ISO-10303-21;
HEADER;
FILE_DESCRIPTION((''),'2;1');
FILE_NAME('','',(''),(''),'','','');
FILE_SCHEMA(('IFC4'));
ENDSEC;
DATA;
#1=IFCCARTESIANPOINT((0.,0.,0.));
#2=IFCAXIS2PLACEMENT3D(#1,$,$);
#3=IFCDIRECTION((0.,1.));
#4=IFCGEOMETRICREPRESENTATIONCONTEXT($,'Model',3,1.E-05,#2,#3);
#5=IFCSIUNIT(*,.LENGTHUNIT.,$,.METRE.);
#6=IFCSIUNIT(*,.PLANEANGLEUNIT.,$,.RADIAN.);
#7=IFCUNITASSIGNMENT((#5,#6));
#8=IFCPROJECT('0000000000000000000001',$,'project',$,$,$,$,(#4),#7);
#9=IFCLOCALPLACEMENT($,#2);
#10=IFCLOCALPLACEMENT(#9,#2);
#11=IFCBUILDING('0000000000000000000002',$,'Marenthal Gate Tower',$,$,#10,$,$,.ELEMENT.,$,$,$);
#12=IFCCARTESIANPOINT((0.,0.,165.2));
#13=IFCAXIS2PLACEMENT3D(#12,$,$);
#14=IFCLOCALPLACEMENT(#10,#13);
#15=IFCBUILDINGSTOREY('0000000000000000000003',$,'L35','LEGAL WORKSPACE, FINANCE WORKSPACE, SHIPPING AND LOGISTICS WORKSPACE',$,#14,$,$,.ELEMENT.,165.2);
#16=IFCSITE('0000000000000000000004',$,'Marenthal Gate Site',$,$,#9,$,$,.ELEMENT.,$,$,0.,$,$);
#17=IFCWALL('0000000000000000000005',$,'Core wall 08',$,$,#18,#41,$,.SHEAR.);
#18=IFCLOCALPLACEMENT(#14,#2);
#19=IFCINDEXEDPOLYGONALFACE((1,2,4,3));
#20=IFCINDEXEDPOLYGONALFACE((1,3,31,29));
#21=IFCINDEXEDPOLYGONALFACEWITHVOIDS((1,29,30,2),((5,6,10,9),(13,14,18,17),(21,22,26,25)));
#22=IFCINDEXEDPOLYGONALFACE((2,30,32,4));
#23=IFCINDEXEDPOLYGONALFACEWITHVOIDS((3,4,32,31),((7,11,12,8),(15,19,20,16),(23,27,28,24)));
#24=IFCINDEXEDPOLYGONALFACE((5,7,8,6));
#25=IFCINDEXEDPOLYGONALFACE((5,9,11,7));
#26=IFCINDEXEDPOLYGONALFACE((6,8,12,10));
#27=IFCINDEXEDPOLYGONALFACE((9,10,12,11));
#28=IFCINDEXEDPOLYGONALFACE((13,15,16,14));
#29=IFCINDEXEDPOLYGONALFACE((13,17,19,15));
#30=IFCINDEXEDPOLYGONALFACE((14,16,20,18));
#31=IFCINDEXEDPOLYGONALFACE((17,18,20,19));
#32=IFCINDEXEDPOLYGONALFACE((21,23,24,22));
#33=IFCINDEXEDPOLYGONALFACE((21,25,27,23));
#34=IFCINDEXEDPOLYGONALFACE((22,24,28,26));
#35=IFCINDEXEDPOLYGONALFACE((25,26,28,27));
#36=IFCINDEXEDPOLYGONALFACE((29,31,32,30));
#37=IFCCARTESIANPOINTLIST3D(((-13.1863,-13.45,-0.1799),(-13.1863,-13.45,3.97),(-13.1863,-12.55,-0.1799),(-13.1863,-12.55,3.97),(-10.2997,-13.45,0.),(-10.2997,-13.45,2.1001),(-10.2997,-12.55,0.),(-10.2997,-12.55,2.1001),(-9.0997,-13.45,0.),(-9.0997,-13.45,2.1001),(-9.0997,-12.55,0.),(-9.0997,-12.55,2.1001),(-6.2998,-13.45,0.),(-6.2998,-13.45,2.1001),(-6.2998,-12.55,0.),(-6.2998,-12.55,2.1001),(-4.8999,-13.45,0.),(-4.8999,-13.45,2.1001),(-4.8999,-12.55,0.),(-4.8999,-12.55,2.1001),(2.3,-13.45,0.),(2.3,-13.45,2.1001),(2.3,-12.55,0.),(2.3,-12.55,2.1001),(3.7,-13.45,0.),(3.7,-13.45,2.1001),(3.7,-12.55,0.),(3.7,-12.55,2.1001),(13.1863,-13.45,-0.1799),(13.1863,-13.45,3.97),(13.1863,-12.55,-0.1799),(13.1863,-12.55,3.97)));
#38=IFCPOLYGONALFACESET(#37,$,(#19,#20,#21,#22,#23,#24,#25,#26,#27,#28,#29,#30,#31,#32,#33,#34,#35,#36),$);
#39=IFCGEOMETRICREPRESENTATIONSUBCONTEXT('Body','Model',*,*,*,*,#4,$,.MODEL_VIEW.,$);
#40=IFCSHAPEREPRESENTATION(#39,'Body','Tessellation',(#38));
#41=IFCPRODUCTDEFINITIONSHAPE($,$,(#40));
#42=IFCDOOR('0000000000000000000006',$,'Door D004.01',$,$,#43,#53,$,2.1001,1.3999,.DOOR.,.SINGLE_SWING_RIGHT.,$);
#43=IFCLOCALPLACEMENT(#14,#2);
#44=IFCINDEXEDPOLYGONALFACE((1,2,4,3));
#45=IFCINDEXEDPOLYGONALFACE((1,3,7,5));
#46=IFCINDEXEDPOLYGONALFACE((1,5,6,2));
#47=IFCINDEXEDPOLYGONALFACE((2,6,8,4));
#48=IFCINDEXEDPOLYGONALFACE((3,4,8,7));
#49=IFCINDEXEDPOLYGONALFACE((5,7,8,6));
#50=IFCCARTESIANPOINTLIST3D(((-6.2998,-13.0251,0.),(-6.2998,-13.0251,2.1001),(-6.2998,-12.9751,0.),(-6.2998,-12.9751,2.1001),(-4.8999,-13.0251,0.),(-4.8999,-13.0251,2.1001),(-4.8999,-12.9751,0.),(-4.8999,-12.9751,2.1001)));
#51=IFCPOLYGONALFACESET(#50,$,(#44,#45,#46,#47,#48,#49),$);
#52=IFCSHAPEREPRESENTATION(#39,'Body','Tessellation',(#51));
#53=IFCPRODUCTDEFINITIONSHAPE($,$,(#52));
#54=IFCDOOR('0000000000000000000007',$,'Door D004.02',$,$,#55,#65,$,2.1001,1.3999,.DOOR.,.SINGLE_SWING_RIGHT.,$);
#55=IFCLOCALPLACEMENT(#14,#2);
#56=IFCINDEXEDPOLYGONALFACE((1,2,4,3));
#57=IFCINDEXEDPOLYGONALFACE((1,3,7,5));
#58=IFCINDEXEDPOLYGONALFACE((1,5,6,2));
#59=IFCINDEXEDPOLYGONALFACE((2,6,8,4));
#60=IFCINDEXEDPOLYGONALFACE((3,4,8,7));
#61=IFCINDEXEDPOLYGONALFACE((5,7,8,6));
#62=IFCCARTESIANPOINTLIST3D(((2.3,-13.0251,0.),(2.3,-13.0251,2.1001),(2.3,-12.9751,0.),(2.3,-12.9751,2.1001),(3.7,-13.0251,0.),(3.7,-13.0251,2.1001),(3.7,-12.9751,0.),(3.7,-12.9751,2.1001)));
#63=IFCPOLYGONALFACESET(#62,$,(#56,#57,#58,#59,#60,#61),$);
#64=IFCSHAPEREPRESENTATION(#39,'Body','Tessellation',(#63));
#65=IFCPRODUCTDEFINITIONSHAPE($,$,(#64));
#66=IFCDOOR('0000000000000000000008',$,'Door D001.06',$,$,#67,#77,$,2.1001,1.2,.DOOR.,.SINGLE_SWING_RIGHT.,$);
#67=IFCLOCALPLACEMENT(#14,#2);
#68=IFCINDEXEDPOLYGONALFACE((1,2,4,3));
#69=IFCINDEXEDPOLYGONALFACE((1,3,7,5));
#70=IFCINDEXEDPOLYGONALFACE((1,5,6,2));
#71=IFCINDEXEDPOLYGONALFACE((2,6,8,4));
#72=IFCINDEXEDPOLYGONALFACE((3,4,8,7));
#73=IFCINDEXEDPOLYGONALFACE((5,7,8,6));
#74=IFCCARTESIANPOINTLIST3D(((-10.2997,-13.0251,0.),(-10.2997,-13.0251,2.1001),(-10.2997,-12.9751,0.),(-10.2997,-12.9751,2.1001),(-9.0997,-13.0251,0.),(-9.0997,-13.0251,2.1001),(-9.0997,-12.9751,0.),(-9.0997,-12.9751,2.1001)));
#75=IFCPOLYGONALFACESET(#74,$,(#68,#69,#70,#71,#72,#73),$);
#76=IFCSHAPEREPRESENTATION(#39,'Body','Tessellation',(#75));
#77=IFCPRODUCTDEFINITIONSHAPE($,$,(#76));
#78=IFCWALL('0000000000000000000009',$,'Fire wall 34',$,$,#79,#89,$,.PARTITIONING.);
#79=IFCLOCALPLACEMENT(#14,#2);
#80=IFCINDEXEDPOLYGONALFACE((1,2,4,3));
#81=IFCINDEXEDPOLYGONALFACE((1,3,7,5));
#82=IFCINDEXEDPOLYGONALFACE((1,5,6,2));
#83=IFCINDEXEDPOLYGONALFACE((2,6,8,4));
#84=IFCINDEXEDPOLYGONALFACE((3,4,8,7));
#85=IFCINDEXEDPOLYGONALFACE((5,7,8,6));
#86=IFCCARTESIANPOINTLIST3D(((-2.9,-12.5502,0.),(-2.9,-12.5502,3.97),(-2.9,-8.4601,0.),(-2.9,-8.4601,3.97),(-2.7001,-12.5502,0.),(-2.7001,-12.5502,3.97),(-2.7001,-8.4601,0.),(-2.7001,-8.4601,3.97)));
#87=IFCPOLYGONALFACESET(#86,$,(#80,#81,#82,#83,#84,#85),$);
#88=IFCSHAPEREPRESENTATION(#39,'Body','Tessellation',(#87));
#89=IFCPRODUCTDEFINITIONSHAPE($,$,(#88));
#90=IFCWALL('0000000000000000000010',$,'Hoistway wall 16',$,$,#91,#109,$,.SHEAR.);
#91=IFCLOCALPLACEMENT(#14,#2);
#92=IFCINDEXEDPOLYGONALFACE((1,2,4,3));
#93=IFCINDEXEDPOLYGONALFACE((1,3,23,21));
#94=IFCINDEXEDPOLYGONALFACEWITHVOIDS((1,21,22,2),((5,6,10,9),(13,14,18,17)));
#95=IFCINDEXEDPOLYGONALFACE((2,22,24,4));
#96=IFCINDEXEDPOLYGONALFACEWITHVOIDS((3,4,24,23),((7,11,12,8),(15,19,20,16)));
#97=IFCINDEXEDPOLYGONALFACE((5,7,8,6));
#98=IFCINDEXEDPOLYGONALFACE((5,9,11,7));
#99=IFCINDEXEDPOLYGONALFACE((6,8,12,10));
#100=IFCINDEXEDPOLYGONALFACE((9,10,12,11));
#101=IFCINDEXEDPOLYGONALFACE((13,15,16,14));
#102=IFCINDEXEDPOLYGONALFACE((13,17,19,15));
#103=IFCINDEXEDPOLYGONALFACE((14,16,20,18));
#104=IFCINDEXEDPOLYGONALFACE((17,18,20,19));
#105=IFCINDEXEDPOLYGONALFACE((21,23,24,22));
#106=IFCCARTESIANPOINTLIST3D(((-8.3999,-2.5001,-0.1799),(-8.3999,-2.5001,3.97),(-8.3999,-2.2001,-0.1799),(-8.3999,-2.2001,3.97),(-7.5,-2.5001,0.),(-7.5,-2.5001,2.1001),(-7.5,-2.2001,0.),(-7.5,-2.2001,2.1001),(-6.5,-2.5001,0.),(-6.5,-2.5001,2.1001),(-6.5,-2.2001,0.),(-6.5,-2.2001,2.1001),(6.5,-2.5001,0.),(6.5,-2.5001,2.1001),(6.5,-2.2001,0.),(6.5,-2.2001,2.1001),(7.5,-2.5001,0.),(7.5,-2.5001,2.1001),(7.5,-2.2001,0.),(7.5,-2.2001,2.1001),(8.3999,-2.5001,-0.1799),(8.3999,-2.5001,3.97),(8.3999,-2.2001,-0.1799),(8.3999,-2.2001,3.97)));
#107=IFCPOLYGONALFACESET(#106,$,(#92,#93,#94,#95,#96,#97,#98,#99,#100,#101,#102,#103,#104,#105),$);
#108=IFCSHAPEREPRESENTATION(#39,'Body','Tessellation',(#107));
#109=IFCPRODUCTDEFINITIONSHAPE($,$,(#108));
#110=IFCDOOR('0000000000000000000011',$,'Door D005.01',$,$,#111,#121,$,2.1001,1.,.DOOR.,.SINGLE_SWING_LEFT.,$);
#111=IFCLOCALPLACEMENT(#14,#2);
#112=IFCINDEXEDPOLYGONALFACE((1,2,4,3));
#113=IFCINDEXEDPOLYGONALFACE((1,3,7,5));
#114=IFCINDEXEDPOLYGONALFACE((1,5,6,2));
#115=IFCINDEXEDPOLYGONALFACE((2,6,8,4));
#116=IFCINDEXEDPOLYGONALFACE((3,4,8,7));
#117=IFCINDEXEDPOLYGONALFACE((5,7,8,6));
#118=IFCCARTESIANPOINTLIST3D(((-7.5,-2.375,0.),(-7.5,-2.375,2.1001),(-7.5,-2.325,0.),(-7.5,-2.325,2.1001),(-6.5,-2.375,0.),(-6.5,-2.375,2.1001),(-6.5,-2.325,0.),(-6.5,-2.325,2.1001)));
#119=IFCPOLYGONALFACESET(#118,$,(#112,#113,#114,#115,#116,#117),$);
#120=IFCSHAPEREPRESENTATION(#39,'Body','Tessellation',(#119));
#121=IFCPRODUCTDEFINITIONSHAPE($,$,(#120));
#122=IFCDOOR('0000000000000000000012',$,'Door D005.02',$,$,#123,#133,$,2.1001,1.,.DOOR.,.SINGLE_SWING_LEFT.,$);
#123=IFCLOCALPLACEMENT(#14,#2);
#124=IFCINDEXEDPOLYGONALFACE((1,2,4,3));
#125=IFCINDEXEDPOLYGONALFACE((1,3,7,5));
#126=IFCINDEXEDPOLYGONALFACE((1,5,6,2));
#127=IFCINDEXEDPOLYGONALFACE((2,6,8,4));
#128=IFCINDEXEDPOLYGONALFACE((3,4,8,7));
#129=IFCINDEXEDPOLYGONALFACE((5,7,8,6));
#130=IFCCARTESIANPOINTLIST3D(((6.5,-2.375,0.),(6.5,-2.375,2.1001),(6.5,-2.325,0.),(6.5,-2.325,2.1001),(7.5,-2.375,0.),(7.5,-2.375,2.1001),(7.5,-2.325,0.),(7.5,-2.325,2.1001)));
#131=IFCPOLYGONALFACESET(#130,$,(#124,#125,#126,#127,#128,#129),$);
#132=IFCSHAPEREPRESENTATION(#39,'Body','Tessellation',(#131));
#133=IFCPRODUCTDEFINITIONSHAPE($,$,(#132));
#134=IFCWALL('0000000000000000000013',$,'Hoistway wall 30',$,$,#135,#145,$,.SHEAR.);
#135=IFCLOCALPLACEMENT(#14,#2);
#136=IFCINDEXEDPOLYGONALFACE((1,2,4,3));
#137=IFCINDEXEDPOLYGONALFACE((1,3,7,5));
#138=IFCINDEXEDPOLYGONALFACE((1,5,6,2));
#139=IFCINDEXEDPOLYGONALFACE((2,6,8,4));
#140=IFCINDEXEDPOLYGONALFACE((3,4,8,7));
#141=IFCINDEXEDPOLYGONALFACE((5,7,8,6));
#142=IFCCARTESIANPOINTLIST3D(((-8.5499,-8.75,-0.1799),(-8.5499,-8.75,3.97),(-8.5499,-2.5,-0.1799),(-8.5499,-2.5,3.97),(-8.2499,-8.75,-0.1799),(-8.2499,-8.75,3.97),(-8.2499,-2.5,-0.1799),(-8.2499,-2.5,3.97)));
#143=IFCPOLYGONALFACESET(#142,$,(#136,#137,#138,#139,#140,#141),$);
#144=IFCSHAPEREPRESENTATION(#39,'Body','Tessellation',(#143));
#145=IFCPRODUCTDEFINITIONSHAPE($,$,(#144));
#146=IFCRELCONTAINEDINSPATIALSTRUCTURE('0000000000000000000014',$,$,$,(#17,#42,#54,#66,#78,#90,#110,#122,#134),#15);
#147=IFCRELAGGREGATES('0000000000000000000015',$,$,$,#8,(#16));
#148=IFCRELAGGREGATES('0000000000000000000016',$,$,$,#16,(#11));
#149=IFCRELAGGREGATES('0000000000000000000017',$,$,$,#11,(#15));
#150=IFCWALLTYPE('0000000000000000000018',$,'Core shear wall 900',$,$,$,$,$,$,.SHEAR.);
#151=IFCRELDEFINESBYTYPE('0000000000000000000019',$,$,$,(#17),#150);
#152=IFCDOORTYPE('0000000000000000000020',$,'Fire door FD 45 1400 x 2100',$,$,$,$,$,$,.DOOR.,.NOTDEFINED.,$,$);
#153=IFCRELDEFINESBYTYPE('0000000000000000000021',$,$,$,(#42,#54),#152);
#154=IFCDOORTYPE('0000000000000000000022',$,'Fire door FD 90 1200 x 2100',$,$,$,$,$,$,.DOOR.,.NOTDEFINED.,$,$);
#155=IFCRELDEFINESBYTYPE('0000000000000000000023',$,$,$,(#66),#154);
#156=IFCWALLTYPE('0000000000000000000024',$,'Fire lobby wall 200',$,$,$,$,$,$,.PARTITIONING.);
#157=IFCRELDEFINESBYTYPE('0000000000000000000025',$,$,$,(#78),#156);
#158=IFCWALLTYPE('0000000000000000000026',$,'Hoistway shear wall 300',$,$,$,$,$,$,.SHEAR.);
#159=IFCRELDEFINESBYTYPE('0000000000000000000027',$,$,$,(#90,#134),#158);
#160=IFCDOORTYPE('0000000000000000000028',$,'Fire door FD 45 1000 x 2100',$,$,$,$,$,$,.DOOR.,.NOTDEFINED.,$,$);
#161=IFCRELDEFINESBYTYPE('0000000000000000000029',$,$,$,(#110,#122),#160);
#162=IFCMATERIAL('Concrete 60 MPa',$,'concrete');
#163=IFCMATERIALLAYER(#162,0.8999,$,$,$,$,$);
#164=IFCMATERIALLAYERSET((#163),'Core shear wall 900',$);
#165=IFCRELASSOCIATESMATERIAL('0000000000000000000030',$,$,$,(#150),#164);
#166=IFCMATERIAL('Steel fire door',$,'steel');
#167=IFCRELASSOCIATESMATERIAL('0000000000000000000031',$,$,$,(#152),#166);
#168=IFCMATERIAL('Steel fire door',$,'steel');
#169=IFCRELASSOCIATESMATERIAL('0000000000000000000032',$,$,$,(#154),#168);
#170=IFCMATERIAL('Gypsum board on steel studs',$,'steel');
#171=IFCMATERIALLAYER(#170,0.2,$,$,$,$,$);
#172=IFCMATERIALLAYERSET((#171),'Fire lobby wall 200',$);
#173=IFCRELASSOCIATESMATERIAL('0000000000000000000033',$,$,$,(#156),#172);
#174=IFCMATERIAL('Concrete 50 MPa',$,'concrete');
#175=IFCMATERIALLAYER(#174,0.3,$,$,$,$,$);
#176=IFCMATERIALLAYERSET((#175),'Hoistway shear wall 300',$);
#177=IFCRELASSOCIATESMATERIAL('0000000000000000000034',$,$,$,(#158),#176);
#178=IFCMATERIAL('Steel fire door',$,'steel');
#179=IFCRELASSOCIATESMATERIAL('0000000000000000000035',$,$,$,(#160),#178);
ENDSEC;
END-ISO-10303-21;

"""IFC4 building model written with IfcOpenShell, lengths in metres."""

from ifc_helpers import new_model, si_unit, direction, frame, frame_2d, origin, place, context, subcontext, project, spatial, rectangle, extrude, material, layer, layer_set, type_object, element, fill, save


model = new_model("IFC4")

# Units and contexts
model_context = context("Model", 3, precision=1e-05, world=origin(), true_north=direction((0.0, 1.0)))
body_context = subcontext(model_context, "Body", "Model", "MODEL_VIEW")
ifc_project = project(units=[si_unit("LENGTHUNIT", "METRE"), si_unit("PLANEANGLEUNIT", "RADIAN")], contexts=[model_context])

# Site, building, storey
site_placement = place(None, origin())
site = spatial("IfcSite", under=ifc_project, at=site_placement, Name="Marenthal Gate Site", CompositionType="ELEMENT", RefElevation=0.0)
building_placement = place(site_placement, origin())
building = spatial("IfcBuilding", under=site, at=building_placement, Name="Marenthal Gate Tower", CompositionType="ELEMENT")
storey_placement = place(building_placement, frame((0.0, 0.0, 165.2)))
storey = spatial("IfcBuildingStorey", under=building, at=storey_placement, Name="L35", Description="LEGAL WORKSPACE, FINANCE WORKSPACE, SHIPPING AND LOGISTICS WORKSPACE", CompositionType="ELEMENT", Elevation=165.2)

# Wall, openings, doors
ifc_material_1 = material(Name="Concrete 60 MPa", Category="concrete")
ifc_layer_1 = layer(ifc_material_1, 0.8999)
ifc_layer_set_1 = layer_set([ifc_layer_1], Name="Core shear wall 900")
wall_type_1 = type_object("IfcWallType", Name="Core shear wall 900", PredefinedType="SHEAR", material=ifc_layer_set_1)
wall_1_placement = place(storey_placement, frame((-13.1863, -13.0, -0.1799), z_axis=(0.0, 0.0, 1.0), x_axis=(1.0, 0.0, 0.0)))
wall_1 = element("IfcWall", 1, at=wall_1_placement, inside=storey, type_object=wall_type_1, Name="Core wall 08", PredefinedType="SHEAR", context=body_context, shape_type="SweptSolid", body=[
    extrude(rectangle(XDim=26.3726, YDim=0.8999, at=frame_2d((13.1863, 0.0))), origin(), (0.0, 0.0, 1.0), 4.1499),
])
opening_1_placement = place(wall_1_placement, frame((2.8865, 0.0, 0.1799)))
opening_1 = element("IfcOpeningElement", 2, at=opening_1_placement, cuts=wall_1, PredefinedType="OPENING", context=body_context, shape_type="SweptSolid", body=[
    extrude(rectangle(XDim=1.2, YDim=2.1001, at=frame_2d((0.6001, 1.05))), frame((0.0, 0.46, 0.0), z_axis=(0.0, -1.0, 0.0), x_axis=(1.0, 0.0, 0.0)), (0.0, 0.0, 1.0), 0.9199),
])
opening_2_placement = place(wall_1_placement, frame((6.8865, 0.0, 0.1799)))
opening_2 = element("IfcOpeningElement", 3, at=opening_2_placement, cuts=wall_1, PredefinedType="OPENING", context=body_context, shape_type="SweptSolid", body=[
    extrude(rectangle(XDim=1.3999, YDim=2.1001, at=frame_2d((0.7, 1.05))), frame((0.0, 0.46, 0.0), z_axis=(0.0, -1.0, 0.0), x_axis=(1.0, 0.0, 0.0)), (0.0, 0.0, 1.0), 0.9199),
])
opening_3_placement = place(wall_1_placement, frame((15.4863, 0.0, 0.1799)))
opening_3 = element("IfcOpeningElement", 4, at=opening_3_placement, cuts=wall_1, PredefinedType="OPENING", context=body_context, shape_type="SweptSolid", body=[
    extrude(rectangle(XDim=1.3999, YDim=2.1001, at=frame_2d((0.7, 1.05))), frame((0.0, 0.46, 0.0), z_axis=(0.0, -1.0, 0.0), x_axis=(1.0, 0.0, 0.0)), (0.0, 0.0, 1.0), 0.9199),
])
ifc_material_2 = material(Name="Steel fire door", Category="steel")
door_type_1 = type_object("IfcDoorType", Name="Fire door FD 45 1400 x 2100", OperationType="NOTDEFINED", PredefinedType="DOOR", material=ifc_material_2)
door_1_placement = place(opening_2_placement, origin())
door_1 = element("IfcDoor", 5, at=door_1_placement, inside=storey, type_object=door_type_1, Name="Door D004.01", OperationType="SINGLE_SWING_RIGHT", OverallHeight=2.1001, OverallWidth=1.3999, PredefinedType="DOOR", context=body_context, shape_type="SweptSolid", body=[
    extrude(rectangle(XDim=1.3999, YDim=2.1001, at=frame_2d((0.7, 1.05))), frame((0.0, 0.0249, 0.0), z_axis=(0.0, -1.0, 0.0), x_axis=(1.0, 0.0, 0.0)), (0.0, 0.0, 1.0), 0.05),
])
fill(opening_2, door_1)
door_2_placement = place(opening_3_placement, origin())
door_2 = element("IfcDoor", 6, at=door_2_placement, inside=storey, type_object=door_type_1, Name="Door D004.02", OperationType="SINGLE_SWING_RIGHT", OverallHeight=2.1001, OverallWidth=1.3999, PredefinedType="DOOR", context=body_context, shape_type="SweptSolid", body=[
    extrude(rectangle(XDim=1.3999, YDim=2.1001, at=frame_2d((0.7, 1.05))), frame((0.0, 0.0249, 0.0), z_axis=(0.0, -1.0, 0.0), x_axis=(1.0, 0.0, 0.0)), (0.0, 0.0, 1.0), 0.05),
])
fill(opening_3, door_2)
ifc_material_3 = material(Name="Steel fire door", Category="steel")
door_type_2 = type_object("IfcDoorType", Name="Fire door FD 90 1200 x 2100", OperationType="NOTDEFINED", PredefinedType="DOOR", material=ifc_material_3)
door_3_placement = place(opening_1_placement, origin())
door_3 = element("IfcDoor", 7, at=door_3_placement, inside=storey, type_object=door_type_2, Name="Door D001.06", OperationType="SINGLE_SWING_RIGHT", OverallHeight=2.1001, OverallWidth=1.2, PredefinedType="DOOR", context=body_context, shape_type="SweptSolid", body=[
    extrude(rectangle(XDim=1.2, YDim=2.1001, at=frame_2d((0.6001, 1.05))), frame((0.0, 0.0249, 0.0), z_axis=(0.0, -1.0, 0.0), x_axis=(1.0, 0.0, 0.0)), (0.0, 0.0, 1.0), 0.05),
])
fill(opening_1, door_3)

# Wall
ifc_material_4 = material(Name="Gypsum board on steel studs", Category="steel")
ifc_layer_2 = layer(ifc_material_4, 0.2)
ifc_layer_set_2 = layer_set([ifc_layer_2], Name="Fire lobby wall 200")
wall_type_2 = type_object("IfcWallType", Name="Fire lobby wall 200", PredefinedType="PARTITIONING", material=ifc_layer_set_2)
wall_2_placement = place(storey_placement, frame((-2.8, -12.55, 0.0), z_axis=(0.0, 0.0, 1.0), x_axis=(0.0, 1.0, 0.0)))
element("IfcWall", 8, at=wall_2_placement, inside=storey, type_object=wall_type_2, Name="Fire wall 34", PredefinedType="PARTITIONING", context=body_context, shape_type="SweptSolid", body=[
    extrude(rectangle(XDim=4.0901, YDim=0.2, at=frame_2d((2.0449, 0.0))), origin(), (0.0, 0.0, 1.0), 3.97),
])

# Wall, openings, doors
ifc_material_5 = material(Name="Concrete 50 MPa", Category="concrete")
ifc_layer_3 = layer(ifc_material_5, 0.3)
ifc_layer_set_3 = layer_set([ifc_layer_3], Name="Hoistway shear wall 300")
wall_type_3 = type_object("IfcWallType", Name="Hoistway shear wall 300", PredefinedType="SHEAR", material=ifc_layer_set_3)
wall_3_placement = place(storey_placement, frame((-8.3999, -2.3501, -0.1799), z_axis=(0.0, 0.0, 1.0), x_axis=(1.0, 0.0, 0.0)))
wall_3 = element("IfcWall", 9, at=wall_3_placement, inside=storey, type_object=wall_type_3, Name="Hoistway wall 16", PredefinedType="SHEAR", context=body_context, shape_type="SweptSolid", body=[
    extrude(rectangle(XDim=16.7998, YDim=0.3, at=frame_2d((8.3999, 0.0))), origin(), (0.0, 0.0, 1.0), 4.1499),
])
opening_4_placement = place(wall_3_placement, frame((0.8999, 0.0, 0.1799)))
opening_4 = element("IfcOpeningElement", 10, at=opening_4_placement, cuts=wall_3, PredefinedType="OPENING", context=body_context, shape_type="SweptSolid", body=[
    extrude(rectangle(XDim=1.0, YDim=2.1001, at=frame_2d((0.5, 1.05))), frame((0.0, 0.1602, 0.0), z_axis=(0.0, -1.0, 0.0), x_axis=(1.0, 0.0, 0.0)), (0.0, 0.0, 1.0), 0.3201),
])
opening_5_placement = place(wall_3_placement, frame((14.8999, 0.0, 0.1799)))
opening_5 = element("IfcOpeningElement", 11, at=opening_5_placement, cuts=wall_3, PredefinedType="OPENING", context=body_context, shape_type="SweptSolid", body=[
    extrude(rectangle(XDim=1.0, YDim=2.1001, at=frame_2d((0.5, 1.05))), frame((0.0, 0.1602, 0.0), z_axis=(0.0, -1.0, 0.0), x_axis=(1.0, 0.0, 0.0)), (0.0, 0.0, 1.0), 0.3201),
])
ifc_material_6 = material(Name="Steel fire door", Category="steel")
door_type_3 = type_object("IfcDoorType", Name="Fire door FD 45 1000 x 2100", OperationType="NOTDEFINED", PredefinedType="DOOR", material=ifc_material_6)
door_4_placement = place(opening_4_placement, frame((1.0, 0.0, 0.0), z_axis=(0.0, 0.0, 1.0), x_axis=(-1.0, 0.0, 0.0)))
door_4 = element("IfcDoor", 12, at=door_4_placement, inside=storey, type_object=door_type_3, Name="Door D005.01", OperationType="SINGLE_SWING_LEFT", OverallHeight=2.1001, OverallWidth=1.0, PredefinedType="DOOR", context=body_context, shape_type="SweptSolid", body=[
    extrude(rectangle(XDim=1.0, YDim=2.1001, at=frame_2d((0.5, 1.05))), frame((0.0, 0.0249, 0.0), z_axis=(0.0, -1.0, 0.0), x_axis=(1.0, 0.0, 0.0)), (0.0, 0.0, 1.0), 0.05),
])
fill(opening_4, door_4)
door_5_placement = place(opening_5_placement, frame((1.0, 0.0, 0.0), z_axis=(0.0, 0.0, 1.0), x_axis=(-1.0, 0.0, 0.0)))
door_5 = element("IfcDoor", 13, at=door_5_placement, inside=storey, type_object=door_type_3, Name="Door D005.02", OperationType="SINGLE_SWING_LEFT", OverallHeight=2.1001, OverallWidth=1.0, PredefinedType="DOOR", context=body_context, shape_type="SweptSolid", body=[
    extrude(rectangle(XDim=1.0, YDim=2.1001, at=frame_2d((0.5, 1.05))), frame((0.0, 0.0249, 0.0), z_axis=(0.0, -1.0, 0.0), x_axis=(1.0, 0.0, 0.0)), (0.0, 0.0, 1.0), 0.05),
])
fill(opening_5, door_5)

# Wall
wall_4_placement = place(storey_placement, frame((-8.3999, -8.75, -0.1799), z_axis=(0.0, 0.0, 1.0), x_axis=(0.0, 1.0, 0.0)))
element("IfcWall", 14, at=wall_4_placement, inside=storey, type_object=wall_type_3, Name="Hoistway wall 30", PredefinedType="SHEAR", context=body_context, shape_type="SweptSolid", body=[
    extrude(rectangle(XDim=6.25, YDim=0.3, at=frame_2d((3.125, 0.0))), origin(), (0.0, 0.0, 1.0), 4.1499),
])

save(model, "model.ifc")
